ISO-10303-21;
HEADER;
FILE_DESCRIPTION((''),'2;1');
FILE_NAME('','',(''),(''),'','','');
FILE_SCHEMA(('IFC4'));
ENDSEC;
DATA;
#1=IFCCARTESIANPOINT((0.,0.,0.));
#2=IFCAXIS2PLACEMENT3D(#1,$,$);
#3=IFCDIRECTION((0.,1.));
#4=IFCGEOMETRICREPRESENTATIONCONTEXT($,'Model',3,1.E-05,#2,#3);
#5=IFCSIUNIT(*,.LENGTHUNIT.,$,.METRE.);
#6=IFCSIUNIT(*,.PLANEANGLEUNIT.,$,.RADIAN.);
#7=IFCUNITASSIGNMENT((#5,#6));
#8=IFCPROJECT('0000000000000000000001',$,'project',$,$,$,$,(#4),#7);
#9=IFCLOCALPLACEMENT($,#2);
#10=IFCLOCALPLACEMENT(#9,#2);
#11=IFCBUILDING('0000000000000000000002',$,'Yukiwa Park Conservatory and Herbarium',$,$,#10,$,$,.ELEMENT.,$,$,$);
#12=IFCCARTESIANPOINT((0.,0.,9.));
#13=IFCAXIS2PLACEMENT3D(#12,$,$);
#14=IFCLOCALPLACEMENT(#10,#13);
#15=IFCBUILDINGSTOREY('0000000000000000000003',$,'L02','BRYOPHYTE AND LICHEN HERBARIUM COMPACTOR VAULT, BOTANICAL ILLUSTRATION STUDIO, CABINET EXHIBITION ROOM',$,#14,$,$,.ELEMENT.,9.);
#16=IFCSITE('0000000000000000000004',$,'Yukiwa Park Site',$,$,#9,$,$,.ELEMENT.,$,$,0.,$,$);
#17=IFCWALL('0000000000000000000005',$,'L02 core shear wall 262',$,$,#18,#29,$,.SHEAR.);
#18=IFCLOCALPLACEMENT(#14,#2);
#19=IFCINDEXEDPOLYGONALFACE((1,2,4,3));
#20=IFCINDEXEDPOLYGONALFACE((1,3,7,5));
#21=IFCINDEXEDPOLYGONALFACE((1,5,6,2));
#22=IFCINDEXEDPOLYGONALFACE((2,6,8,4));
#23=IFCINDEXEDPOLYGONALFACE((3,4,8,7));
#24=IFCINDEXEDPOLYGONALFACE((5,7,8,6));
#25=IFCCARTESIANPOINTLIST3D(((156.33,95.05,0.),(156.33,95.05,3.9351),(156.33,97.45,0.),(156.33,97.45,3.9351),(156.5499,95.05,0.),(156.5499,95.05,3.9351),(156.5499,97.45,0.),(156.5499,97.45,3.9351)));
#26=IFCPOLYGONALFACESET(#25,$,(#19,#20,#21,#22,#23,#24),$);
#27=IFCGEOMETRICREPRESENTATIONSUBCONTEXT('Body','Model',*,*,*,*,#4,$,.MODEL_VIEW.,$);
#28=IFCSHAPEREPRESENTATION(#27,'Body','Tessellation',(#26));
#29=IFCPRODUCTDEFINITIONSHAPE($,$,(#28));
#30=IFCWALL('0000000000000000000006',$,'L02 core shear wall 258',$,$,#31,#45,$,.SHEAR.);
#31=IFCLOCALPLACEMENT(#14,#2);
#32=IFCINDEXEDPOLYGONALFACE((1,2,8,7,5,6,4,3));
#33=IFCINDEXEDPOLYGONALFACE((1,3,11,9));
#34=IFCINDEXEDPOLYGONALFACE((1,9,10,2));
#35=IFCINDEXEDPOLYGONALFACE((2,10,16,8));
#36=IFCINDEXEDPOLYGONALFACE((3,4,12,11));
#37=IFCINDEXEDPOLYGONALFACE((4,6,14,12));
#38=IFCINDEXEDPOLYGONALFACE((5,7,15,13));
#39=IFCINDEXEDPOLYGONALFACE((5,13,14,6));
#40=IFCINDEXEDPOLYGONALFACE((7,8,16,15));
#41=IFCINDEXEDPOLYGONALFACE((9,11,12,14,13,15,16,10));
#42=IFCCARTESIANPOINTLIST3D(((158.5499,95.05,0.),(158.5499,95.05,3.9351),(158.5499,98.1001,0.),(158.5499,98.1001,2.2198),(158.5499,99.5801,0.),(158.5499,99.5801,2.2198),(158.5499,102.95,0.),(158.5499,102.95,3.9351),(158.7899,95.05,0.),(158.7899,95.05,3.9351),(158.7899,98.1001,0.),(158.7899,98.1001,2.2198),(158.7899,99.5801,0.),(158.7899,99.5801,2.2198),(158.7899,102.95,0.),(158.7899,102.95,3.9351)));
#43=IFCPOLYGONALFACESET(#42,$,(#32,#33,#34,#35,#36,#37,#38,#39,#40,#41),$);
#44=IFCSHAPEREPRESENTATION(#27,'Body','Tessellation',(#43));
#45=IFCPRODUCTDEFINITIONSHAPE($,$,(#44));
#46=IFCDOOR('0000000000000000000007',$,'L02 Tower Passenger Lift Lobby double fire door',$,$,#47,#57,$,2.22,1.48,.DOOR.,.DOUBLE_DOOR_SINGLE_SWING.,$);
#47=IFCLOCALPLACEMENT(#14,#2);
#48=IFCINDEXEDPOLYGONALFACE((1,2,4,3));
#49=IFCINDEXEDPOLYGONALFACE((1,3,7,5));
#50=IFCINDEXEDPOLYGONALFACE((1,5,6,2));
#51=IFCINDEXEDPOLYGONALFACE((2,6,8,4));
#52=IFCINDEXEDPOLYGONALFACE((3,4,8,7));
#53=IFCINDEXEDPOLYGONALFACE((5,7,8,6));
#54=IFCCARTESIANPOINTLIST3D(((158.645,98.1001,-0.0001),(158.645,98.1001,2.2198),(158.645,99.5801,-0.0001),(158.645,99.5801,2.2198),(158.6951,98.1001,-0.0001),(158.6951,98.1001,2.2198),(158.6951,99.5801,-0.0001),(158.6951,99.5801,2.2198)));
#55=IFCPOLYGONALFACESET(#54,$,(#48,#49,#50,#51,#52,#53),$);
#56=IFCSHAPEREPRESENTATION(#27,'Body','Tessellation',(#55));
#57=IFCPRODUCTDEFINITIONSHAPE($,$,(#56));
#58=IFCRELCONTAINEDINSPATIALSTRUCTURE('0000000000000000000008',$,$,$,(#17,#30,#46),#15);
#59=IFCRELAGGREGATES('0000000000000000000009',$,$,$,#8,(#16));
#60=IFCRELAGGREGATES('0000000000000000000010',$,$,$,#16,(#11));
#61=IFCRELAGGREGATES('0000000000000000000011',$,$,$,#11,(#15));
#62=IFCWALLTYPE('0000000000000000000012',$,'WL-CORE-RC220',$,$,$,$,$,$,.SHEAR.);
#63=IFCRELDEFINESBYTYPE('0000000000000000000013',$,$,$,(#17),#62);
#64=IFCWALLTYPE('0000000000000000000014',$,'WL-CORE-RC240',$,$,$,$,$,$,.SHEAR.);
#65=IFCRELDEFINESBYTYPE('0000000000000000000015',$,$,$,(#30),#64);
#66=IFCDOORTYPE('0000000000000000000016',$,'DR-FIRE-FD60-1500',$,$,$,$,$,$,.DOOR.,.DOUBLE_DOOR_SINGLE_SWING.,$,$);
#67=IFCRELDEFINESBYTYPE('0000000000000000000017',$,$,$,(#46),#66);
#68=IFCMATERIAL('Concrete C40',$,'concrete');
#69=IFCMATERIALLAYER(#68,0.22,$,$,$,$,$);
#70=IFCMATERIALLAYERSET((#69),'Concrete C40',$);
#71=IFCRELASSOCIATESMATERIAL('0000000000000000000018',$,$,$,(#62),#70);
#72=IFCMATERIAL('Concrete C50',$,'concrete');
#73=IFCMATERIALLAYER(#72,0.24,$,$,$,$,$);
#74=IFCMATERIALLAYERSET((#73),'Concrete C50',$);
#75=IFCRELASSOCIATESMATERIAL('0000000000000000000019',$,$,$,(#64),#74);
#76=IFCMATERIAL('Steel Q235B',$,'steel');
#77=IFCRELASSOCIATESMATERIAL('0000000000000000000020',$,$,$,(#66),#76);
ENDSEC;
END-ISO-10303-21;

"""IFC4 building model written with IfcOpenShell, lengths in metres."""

from ifc_helpers import new_model, si_unit, direction, frame, frame_2d, origin, place, context, subcontext, project, spatial, rectangle, extrude, material, layer, layer_set, type_object, element, fill, save


model = new_model("IFC4")

# Units and contexts
model_context = context("Model", 3, precision=1e-05, world=origin(), true_north=direction((0.0, 1.0)))
body_context = subcontext(model_context, "Body", "Model", "MODEL_VIEW")
ifc_project = project(units=[si_unit("LENGTHUNIT", "METRE"), si_unit("PLANEANGLEUNIT", "RADIAN")], contexts=[model_context])

# Site, building, storey
site_placement = place(None, origin())
site = spatial("IfcSite", under=ifc_project, at=site_placement, Name="Yukiwa Park Site", CompositionType="ELEMENT", RefElevation=0.0)
building_placement = place(site_placement, origin())
building = spatial("IfcBuilding", under=site, at=building_placement, Name="Yukiwa Park Conservatory and Herbarium", CompositionType="ELEMENT")
storey_placement = place(building_placement, frame((0.0, 0.0, 9.0)))
storey = spatial("IfcBuildingStorey", under=building, at=storey_placement, Name="L02", Description="BRYOPHYTE AND LICHEN HERBARIUM COMPACTOR VAULT, BOTANICAL ILLUSTRATION STUDIO, CABINET EXHIBITION ROOM", CompositionType="ELEMENT", Elevation=9.0)

# Shared definitions
ifc_material_1 = material(Name="Concrete C40", Category="concrete")
ifc_layer_1 = layer(ifc_material_1, 0.22)
ifc_layer_set_1 = layer_set([ifc_layer_1], Name="Concrete C40")
wall_type_1 = type_object("IfcWallType", Name="WL-CORE-RC220", PredefinedType="SHEAR", material=ifc_layer_set_1)

# Wall
wall_1_placement = place(storey_placement, frame((156.4399, 95.05, 0.0), z_axis=(0.0, 0.0, 1.0), x_axis=(0.0, 1.0, 0.0)))
element("IfcWall", 1, at=wall_1_placement, inside=storey, type_object=wall_type_1, Name="L02 core shear wall 262", PredefinedType="SHEAR", context=body_context, shape_type="SweptSolid", body=[
    extrude(rectangle(XDim=2.3999, YDim=0.22, at=frame_2d((1.2, 0.0))), origin(), (0.0, 0.0, 1.0), 3.9351),
])

# Wall, opening, door
ifc_material_2 = material(Name="Concrete C50", Category="concrete")
ifc_layer_2 = layer(ifc_material_2, 0.24)
ifc_layer_set_2 = layer_set([ifc_layer_2], Name="Concrete C50")
wall_type_2 = type_object("IfcWallType", Name="WL-CORE-RC240", PredefinedType="SHEAR", material=ifc_layer_set_2)
wall_2_placement = place(storey_placement, frame((158.6699, 95.05, 0.0), z_axis=(0.0, 0.0, 1.0), x_axis=(0.0, 1.0, 0.0)))
wall_2 = element("IfcWall", 2, at=wall_2_placement, inside=storey, type_object=wall_type_2, Name="L02 core shear wall 258", PredefinedType="SHEAR", context=body_context, shape_type="SweptSolid", body=[
    extrude(rectangle(XDim=7.8999, YDim=0.24, at=frame_2d((3.95, 0.0))), origin(), (0.0, 0.0, 1.0), 3.9351),
])
opening_1_placement = place(wall_2_placement, frame((3.05, 0.0, 0.0)))
opening_1 = element("IfcOpeningElement", 3, at=opening_1_placement, cuts=wall_2, PredefinedType="OPENING", context=body_context, shape_type="SweptSolid", body=[
    extrude(rectangle(XDim=1.48, YDim=2.22, at=frame_2d((0.74, 1.1099))), frame((0.0, 0.1299, 0.0), z_axis=(0.0, -1.0, 0.0), x_axis=(1.0, 0.0, 0.0)), (0.0, 0.0, 1.0), 0.26),
])
ifc_material_3 = material(Name="Steel Q235B", Category="steel")
door_type_1 = type_object("IfcDoorType", Name="DR-FIRE-FD60-1500", OperationType="DOUBLE_DOOR_SINGLE_SWING", PredefinedType="DOOR", material=ifc_material_3)
door_1_placement = place(opening_1_placement, origin())
door_1 = element("IfcDoor", 4, at=door_1_placement, inside=storey, type_object=door_type_1, Name="L02 Tower Passenger Lift Lobby double fire door", OperationType="DOUBLE_DOOR_SINGLE_SWING", OverallHeight=2.22, OverallWidth=1.48, PredefinedType="DOOR", context=body_context, shape_type="SweptSolid", body=[
    extrude(rectangle(XDim=1.48, YDim=2.22, at=frame_2d((0.74, 1.1099))), frame((0.0, 0.0249, 0.0), z_axis=(0.0, -1.0, 0.0), x_axis=(1.0, 0.0, 0.0)), (0.0, 0.0, 1.0), 0.05),
])
fill(opening_1, door_1)

save(model, "model.ifc")
